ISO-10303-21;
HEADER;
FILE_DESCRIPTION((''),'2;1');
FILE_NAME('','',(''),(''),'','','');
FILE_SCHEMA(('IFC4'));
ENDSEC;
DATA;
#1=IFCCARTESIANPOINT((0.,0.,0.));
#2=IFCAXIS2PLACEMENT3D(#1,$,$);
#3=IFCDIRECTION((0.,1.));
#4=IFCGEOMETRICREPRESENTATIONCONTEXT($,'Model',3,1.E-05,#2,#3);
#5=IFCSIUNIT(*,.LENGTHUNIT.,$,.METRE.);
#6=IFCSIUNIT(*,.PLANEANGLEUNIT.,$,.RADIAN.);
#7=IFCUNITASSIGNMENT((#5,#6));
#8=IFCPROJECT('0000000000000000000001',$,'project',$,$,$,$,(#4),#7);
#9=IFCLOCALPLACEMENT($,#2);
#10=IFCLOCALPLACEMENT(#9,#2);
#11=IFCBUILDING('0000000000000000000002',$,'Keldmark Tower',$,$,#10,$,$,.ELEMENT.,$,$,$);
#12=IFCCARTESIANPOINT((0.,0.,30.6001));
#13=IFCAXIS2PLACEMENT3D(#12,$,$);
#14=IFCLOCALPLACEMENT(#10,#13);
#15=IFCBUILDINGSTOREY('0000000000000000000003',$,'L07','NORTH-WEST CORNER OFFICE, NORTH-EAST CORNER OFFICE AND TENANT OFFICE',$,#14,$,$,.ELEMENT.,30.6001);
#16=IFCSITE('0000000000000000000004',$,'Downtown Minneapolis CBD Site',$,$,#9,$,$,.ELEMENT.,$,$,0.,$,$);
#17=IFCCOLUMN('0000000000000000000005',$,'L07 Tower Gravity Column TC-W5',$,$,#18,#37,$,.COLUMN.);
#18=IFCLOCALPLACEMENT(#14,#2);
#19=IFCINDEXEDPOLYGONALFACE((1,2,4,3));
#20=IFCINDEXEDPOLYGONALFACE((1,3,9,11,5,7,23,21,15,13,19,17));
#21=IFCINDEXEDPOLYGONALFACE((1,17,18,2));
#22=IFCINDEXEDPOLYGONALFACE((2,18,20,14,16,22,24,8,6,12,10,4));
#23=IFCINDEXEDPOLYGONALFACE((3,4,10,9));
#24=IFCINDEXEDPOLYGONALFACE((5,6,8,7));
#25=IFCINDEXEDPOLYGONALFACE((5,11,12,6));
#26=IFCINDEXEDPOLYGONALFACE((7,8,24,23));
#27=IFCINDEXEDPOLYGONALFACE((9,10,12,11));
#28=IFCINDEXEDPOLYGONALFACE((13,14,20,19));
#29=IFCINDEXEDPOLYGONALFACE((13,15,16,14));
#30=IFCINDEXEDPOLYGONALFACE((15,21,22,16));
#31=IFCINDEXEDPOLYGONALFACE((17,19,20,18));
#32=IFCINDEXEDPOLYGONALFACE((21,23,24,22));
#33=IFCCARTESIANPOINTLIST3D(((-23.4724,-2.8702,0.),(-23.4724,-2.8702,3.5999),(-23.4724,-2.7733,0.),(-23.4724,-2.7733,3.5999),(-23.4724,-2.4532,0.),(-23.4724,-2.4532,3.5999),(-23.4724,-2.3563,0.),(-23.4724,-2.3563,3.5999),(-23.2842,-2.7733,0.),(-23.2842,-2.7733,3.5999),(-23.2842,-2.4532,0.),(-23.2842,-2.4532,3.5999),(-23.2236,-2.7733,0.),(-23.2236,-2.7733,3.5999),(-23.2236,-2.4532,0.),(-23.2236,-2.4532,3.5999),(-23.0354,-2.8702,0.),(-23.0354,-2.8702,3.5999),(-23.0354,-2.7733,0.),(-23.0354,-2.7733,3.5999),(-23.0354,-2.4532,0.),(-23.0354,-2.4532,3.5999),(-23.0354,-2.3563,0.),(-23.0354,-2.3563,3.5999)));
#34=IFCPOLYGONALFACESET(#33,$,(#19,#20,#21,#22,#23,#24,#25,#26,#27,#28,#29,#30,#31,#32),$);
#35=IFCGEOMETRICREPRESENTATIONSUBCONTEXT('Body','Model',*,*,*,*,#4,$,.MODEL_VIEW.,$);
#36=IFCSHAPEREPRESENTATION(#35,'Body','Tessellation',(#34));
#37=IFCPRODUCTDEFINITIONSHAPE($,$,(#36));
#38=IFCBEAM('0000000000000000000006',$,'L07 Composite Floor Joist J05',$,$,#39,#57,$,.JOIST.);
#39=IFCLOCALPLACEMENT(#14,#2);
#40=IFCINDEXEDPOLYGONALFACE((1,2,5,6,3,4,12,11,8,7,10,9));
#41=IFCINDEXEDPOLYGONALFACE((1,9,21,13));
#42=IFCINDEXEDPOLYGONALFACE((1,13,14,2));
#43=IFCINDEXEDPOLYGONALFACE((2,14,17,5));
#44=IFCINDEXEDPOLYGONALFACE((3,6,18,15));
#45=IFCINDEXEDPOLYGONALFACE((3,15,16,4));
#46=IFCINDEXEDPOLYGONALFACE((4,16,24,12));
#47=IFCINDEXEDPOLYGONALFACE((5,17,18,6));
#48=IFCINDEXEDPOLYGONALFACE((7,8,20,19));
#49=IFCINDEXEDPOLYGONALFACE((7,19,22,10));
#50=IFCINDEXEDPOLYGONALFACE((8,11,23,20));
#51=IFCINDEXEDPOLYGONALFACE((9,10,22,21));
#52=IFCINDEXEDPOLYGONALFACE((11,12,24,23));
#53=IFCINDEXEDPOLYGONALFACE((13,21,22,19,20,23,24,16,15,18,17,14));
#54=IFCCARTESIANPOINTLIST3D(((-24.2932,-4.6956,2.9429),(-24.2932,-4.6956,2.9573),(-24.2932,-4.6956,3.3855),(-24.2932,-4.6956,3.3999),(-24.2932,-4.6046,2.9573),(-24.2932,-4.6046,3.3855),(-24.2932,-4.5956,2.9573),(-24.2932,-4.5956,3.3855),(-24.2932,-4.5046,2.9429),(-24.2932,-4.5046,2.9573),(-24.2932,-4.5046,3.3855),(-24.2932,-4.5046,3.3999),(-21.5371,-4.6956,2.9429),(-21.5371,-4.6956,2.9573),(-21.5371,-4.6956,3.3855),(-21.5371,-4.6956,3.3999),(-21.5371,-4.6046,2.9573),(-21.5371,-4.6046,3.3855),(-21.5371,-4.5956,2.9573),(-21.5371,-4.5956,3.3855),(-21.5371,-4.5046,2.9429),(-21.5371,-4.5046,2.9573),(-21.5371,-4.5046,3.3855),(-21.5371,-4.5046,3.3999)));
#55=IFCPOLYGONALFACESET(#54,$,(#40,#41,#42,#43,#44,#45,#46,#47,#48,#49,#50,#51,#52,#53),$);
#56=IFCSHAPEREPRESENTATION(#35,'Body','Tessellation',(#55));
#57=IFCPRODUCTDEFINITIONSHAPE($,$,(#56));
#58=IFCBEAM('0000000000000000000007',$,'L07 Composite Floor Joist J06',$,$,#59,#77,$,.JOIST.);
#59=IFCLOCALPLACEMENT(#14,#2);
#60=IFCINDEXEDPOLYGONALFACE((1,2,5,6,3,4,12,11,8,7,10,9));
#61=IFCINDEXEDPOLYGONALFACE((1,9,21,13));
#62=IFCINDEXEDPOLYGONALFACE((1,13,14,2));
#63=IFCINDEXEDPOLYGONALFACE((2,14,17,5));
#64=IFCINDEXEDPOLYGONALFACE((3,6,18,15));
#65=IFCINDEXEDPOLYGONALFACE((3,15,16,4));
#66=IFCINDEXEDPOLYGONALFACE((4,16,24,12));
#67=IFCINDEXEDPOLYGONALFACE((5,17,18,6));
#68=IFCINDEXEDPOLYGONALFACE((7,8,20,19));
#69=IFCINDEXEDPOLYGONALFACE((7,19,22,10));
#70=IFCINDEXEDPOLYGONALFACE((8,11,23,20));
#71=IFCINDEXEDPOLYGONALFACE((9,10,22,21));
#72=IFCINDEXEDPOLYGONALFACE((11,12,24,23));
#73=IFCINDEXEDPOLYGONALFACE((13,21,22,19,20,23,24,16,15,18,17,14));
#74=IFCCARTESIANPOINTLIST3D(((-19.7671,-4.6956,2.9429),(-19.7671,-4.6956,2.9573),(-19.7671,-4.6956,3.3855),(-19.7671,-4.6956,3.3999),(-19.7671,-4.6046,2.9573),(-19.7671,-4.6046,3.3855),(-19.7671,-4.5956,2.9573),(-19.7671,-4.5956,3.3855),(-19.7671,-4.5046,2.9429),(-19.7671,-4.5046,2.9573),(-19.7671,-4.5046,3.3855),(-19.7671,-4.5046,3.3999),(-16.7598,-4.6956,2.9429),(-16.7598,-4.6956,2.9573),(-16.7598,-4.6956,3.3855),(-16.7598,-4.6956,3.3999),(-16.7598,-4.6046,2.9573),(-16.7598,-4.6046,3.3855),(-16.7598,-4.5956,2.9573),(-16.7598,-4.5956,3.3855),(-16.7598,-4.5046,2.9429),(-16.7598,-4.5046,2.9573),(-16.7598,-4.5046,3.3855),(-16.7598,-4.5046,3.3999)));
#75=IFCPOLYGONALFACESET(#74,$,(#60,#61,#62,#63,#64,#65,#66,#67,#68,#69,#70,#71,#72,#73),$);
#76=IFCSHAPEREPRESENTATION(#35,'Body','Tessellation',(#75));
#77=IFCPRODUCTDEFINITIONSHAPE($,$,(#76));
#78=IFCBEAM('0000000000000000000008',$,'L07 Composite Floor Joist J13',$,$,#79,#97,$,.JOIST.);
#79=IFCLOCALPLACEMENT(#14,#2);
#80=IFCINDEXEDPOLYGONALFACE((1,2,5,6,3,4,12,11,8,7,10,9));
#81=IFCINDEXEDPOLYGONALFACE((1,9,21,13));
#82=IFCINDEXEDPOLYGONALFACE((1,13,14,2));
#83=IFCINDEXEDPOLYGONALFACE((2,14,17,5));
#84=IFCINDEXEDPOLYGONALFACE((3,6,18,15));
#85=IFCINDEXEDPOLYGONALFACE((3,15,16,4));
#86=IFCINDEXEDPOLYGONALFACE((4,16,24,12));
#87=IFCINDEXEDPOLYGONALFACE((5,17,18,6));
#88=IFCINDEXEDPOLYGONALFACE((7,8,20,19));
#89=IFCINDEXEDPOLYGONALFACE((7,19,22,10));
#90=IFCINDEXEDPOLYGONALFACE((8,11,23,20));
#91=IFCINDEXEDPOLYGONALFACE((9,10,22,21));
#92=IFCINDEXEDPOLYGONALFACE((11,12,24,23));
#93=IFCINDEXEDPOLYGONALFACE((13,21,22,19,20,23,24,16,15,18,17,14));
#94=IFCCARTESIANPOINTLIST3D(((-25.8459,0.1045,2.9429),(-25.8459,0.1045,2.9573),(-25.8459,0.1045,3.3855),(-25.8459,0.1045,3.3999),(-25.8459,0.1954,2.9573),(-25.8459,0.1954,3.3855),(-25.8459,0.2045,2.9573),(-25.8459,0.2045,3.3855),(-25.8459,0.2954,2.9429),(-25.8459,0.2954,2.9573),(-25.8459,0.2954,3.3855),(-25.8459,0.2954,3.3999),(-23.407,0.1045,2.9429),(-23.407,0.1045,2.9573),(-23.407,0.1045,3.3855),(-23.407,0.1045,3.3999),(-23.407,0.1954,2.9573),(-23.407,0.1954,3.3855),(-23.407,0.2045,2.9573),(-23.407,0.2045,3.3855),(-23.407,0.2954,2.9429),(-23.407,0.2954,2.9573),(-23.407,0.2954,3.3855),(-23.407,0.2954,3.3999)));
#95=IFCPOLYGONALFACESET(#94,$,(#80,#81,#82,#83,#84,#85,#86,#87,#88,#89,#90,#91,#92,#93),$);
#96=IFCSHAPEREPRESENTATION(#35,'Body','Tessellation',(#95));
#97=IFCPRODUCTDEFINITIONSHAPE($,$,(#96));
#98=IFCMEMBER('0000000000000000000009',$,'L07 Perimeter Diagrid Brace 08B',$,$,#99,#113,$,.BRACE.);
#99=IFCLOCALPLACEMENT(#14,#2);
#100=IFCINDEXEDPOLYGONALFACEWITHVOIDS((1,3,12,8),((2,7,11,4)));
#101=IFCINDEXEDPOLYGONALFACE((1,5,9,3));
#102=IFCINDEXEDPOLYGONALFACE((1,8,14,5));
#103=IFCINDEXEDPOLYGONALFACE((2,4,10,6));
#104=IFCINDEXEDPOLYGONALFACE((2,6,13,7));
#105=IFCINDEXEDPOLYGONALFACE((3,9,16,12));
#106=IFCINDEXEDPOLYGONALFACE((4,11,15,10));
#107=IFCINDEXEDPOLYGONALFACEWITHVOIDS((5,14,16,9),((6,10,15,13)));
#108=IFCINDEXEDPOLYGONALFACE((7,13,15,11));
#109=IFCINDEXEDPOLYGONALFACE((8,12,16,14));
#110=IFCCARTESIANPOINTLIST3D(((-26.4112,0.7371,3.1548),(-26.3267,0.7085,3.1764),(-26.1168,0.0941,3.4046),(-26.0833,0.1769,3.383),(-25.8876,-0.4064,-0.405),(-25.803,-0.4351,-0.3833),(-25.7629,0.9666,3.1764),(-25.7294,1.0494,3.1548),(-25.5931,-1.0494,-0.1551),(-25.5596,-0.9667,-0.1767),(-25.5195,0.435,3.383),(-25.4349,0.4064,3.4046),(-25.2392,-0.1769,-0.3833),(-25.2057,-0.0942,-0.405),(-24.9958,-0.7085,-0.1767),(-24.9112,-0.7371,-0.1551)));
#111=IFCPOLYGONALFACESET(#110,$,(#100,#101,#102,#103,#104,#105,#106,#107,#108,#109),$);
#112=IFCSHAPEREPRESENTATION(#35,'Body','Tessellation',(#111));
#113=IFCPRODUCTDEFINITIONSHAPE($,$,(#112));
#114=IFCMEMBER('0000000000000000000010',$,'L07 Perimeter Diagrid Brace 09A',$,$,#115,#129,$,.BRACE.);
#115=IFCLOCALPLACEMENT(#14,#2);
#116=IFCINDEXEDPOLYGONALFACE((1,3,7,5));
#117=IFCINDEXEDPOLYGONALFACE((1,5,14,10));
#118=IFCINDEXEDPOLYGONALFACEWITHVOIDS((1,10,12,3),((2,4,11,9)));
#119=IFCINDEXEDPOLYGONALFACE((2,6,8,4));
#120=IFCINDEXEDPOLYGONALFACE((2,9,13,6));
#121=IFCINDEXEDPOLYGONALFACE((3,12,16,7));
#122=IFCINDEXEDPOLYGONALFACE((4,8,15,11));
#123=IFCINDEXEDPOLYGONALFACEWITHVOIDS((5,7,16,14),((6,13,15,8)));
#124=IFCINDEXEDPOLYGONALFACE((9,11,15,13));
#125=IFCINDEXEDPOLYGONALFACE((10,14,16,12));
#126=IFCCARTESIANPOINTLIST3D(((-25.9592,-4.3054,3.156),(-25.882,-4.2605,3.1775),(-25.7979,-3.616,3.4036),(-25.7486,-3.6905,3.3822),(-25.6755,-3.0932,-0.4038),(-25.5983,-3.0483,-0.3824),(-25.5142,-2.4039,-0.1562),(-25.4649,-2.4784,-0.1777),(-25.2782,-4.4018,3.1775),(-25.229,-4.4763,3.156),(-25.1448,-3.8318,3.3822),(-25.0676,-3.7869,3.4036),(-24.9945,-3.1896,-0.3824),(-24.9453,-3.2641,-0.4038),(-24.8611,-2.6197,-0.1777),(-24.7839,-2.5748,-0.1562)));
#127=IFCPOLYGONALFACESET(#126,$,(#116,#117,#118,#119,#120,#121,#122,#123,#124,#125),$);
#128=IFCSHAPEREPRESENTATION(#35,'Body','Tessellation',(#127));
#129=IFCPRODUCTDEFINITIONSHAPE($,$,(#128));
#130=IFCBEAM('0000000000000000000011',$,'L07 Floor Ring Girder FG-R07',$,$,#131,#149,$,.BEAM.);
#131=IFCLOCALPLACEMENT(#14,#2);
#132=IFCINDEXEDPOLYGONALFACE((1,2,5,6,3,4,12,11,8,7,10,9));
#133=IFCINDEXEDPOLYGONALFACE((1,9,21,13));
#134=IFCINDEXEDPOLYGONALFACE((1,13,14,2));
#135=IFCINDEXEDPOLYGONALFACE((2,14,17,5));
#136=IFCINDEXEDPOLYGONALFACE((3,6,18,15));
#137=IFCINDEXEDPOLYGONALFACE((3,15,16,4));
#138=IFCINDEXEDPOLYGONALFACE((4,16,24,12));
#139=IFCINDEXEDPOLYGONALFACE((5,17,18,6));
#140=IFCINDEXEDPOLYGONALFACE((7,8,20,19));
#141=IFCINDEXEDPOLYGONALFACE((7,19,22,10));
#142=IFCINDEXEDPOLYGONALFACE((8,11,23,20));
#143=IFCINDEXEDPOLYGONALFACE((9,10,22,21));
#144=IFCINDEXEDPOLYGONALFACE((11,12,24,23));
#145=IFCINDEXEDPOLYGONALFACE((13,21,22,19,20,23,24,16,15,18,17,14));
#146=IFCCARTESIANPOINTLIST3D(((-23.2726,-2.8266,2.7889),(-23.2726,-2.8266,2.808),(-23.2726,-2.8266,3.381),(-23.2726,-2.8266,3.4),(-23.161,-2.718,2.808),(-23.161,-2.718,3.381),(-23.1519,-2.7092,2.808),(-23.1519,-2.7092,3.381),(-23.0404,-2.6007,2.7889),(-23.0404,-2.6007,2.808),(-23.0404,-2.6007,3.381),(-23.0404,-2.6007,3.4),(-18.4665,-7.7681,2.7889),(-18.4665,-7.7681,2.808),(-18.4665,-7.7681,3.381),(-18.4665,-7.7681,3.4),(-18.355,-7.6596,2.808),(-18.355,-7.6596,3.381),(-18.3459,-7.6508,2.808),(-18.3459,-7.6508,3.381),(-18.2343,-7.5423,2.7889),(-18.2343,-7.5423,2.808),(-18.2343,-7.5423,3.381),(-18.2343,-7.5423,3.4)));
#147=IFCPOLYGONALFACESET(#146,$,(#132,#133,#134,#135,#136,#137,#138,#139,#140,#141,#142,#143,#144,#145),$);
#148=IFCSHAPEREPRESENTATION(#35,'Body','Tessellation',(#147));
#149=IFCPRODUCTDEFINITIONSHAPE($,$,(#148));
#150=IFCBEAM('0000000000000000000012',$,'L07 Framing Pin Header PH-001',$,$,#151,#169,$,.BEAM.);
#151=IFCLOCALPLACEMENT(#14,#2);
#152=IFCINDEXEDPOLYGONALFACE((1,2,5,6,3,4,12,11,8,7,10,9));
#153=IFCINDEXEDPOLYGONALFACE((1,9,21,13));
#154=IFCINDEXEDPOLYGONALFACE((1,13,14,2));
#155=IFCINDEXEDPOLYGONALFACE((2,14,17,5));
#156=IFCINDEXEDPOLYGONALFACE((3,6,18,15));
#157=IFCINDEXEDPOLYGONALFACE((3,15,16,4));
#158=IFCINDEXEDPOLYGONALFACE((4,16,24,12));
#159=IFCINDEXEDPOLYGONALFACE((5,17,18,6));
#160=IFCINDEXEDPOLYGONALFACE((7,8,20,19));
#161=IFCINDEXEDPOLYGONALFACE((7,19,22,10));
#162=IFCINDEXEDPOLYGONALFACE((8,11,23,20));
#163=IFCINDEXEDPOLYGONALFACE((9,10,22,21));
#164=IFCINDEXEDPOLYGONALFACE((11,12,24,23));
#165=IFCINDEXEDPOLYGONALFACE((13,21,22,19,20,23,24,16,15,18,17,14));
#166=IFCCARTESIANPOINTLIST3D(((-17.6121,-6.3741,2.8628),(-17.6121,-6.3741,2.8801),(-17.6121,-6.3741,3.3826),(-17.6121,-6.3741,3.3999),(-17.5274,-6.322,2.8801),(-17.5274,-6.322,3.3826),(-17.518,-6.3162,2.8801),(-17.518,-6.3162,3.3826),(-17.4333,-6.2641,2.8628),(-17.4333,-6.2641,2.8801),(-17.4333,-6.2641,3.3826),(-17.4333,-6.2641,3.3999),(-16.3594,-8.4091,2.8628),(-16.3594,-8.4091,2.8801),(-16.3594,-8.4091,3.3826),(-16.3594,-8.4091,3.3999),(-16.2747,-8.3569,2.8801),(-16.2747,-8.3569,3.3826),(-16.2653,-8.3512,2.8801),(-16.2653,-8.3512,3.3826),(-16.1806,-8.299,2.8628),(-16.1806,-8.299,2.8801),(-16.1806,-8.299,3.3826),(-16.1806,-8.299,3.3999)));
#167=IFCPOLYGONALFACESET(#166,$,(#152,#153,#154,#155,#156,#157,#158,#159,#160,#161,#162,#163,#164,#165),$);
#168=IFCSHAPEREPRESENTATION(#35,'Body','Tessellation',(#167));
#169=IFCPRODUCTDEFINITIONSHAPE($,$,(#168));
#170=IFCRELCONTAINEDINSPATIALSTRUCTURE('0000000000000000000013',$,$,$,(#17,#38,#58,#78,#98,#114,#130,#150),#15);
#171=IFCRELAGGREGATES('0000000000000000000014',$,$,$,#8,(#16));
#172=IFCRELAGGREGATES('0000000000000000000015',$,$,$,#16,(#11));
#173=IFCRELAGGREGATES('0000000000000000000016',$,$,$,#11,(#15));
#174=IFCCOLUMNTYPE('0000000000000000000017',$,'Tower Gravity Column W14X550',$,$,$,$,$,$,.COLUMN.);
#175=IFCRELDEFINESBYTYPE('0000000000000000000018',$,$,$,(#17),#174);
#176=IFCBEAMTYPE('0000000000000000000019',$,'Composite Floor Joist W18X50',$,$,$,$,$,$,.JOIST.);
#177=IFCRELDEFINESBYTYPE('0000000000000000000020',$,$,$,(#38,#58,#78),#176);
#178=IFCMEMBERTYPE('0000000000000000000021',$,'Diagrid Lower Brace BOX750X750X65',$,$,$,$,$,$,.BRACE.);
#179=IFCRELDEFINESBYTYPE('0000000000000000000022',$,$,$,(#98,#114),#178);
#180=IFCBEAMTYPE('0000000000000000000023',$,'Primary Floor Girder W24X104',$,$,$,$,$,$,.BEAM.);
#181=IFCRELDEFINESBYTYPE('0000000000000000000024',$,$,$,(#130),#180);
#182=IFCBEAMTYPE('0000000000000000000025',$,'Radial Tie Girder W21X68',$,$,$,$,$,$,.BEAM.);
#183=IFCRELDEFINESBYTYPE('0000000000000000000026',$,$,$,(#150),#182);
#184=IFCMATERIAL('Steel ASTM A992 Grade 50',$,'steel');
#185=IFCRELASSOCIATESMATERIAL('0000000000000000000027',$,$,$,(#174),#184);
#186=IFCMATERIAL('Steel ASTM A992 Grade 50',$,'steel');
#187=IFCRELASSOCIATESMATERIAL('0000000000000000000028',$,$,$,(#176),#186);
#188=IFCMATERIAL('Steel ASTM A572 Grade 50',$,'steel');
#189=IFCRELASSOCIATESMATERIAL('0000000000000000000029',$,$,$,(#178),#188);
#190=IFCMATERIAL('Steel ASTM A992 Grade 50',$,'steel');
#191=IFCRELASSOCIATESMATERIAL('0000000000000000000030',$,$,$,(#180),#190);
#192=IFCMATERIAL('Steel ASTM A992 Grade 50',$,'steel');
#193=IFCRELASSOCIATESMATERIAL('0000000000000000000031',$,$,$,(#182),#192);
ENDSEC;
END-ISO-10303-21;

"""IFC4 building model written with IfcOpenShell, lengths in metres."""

from ifc_helpers import new_model, si_unit, direction, frame, origin, origin_2d, place, context, subcontext, project, spatial, hollow_rectangle, i_section, extrude, material, material_profile, profile_set, type_object, element, save


model = new_model("IFC4")

# Units and contexts
model_context = context("Model", 3, precision=1e-05, world=origin(), true_north=direction((0.0, 1.0)))
body_context = subcontext(model_context, "Body", "Model", "MODEL_VIEW")
ifc_project = project(units=[si_unit("LENGTHUNIT", "METRE"), si_unit("PLANEANGLEUNIT", "RADIAN")], contexts=[model_context])

# Site, building, storey
site_placement = place(None, origin())
site = spatial("IfcSite", under=ifc_project, at=site_placement, Name="Downtown Minneapolis CBD Site", CompositionType="ELEMENT", RefElevation=0.0)
building_placement = place(site_placement, origin())
building = spatial("IfcBuilding", under=site, at=building_placement, Name="Keldmark Tower", CompositionType="ELEMENT")
storey_placement = place(building_placement, frame((0.0, 0.0, 30.6001)))
storey = spatial("IfcBuildingStorey", under=building, at=storey_placement, Name="L07", Description="NORTH-WEST CORNER OFFICE, NORTH-EAST CORNER OFFICE AND TENANT OFFICE", CompositionType="ELEMENT", Elevation=30.6001)

# Column
ifc_material_1 = material(Name="Steel ASTM A992 Grade 50", Category="steel")
ifc_material_profile_1 = material_profile(ifc_material_1, i_section(OverallWidth=0.437, OverallDepth=0.5139, WebThickness=0.0605, FlangeThickness=0.0969, at=origin_2d()), Name="W14X550")
ifc_profile_set_1 = profile_set([ifc_material_profile_1], Name="Steel ASTM A992 Grade 50")
column_type = type_object("IfcColumnType", Name="Tower Gravity Column W14X550", PredefinedType="COLUMN", material=ifc_profile_set_1)
column_placement = place(storey_placement, frame((-23.2539, -2.6133, 0.0), z_axis=(0.0, 0.0, 1.0), x_axis=(1.0, 0.0, 0.0)))
element("IfcColumn", 1, at=column_placement, inside=storey, type_object=column_type, Name="L07 Tower Gravity Column TC-W5", PredefinedType="COLUMN", context=body_context, shape_type="SweptSolid", body=[
    extrude(i_section(OverallWidth=0.437, OverallDepth=0.5139, WebThickness=0.0605, FlangeThickness=0.0969, at=origin_2d()), origin(), (0.0, 0.0, 1.0), 3.5999),
])

# Beams
ifc_material_2 = material(Name="Steel ASTM A992 Grade 50", Category="steel")
ifc_material_profile_2 = material_profile(ifc_material_2, i_section(OverallWidth=0.1909, OverallDepth=0.457, WebThickness=0.009, FlangeThickness=0.0144, at=origin_2d()), Name="W18X50")
ifc_profile_set_2 = profile_set([ifc_material_profile_2], Name="Steel ASTM A992 Grade 50")
beam_type_1 = type_object("IfcBeamType", Name="Composite Floor Joist W18X50", PredefinedType="JOIST", material=ifc_profile_set_2)
beam_1_placement = place(storey_placement, frame((-24.2932, -4.6001, 3.1714), z_axis=(1.0, 0.0, 0.0), x_axis=(0.0, 1.0, 0.0)))
element("IfcBeam", 2, at=beam_1_placement, inside=storey, type_object=beam_type_1, Name="L07 Composite Floor Joist J05", PredefinedType="JOIST", context=body_context, shape_type="SweptSolid", body=[
    extrude(i_section(OverallWidth=0.1909, OverallDepth=0.457, WebThickness=0.009, FlangeThickness=0.0144, at=origin_2d()), origin(), (0.0, 0.0, 1.0), 2.7561),
])
beam_2_placement = place(storey_placement, frame((-19.7671, -4.6001, 3.1714), z_axis=(1.0, 0.0, 0.0), x_axis=(0.0, 1.0, 0.0)))
element("IfcBeam", 3, at=beam_2_placement, inside=storey, type_object=beam_type_1, Name="L07 Composite Floor Joist J06", PredefinedType="JOIST", context=body_context, shape_type="SweptSolid", body=[
    extrude(i_section(OverallWidth=0.1909, OverallDepth=0.457, WebThickness=0.009, FlangeThickness=0.0144, at=origin_2d()), origin(), (0.0, 0.0, 1.0), 3.0073),
])
beam_3_placement = place(storey_placement, frame((-25.8459, 0.2, 3.1714), z_axis=(1.0, 0.0, 0.0), x_axis=(0.0, 1.0, 0.0)))
element("IfcBeam", 4, at=beam_3_placement, inside=storey, type_object=beam_type_1, Name="L07 Composite Floor Joist J13", PredefinedType="JOIST", context=body_context, shape_type="SweptSolid", body=[
    extrude(i_section(OverallWidth=0.1909, OverallDepth=0.457, WebThickness=0.009, FlangeThickness=0.0144, at=origin_2d()), origin(), (0.0, 0.0, 1.0), 2.439),
])

# Members
ifc_material_3 = material(Name="Steel ASTM A572 Grade 50", Category="steel")
ifc_material_profile_3 = material_profile(ifc_material_3, hollow_rectangle(XDim=0.75, YDim=0.75, WallThickness=0.0649, at=origin_2d()), Name="BOX750X750X65")
ifc_profile_set_3 = profile_set([ifc_material_profile_3], Name="Steel ASTM A572 Grade 50")
member_type = type_object("IfcMemberType", Name="Diagrid Lower Brace BOX750X750X65", PredefinedType="BRACE", material=ifc_profile_set_3)
member_1_placement = place(storey_placement, frame((-25.3994, -0.5718, -0.28), z_axis=(-0.138706, 0.30289, 0.942878), x_axis=(-0.9092, -0.416361, 0.0)))
element("IfcMember", 5, at=member_1_placement, inside=storey, type_object=member_type, Name="L07 Perimeter Diagrid Brace 08B", PredefinedType="BRACE", context=body_context, shape_type="SweptSolid", body=[
    extrude(hollow_rectangle(XDim=0.75, YDim=0.75, WallThickness=0.0649, at=origin_2d()), origin(), (0.0, 0.0, 1.0), 3.7754),
])
member_2_placement = place(storey_placement, frame((-25.2297, -2.834, -0.28), z_axis=(-0.075225, -0.321424, 0.943943), x_axis=(0.973689, -0.227881, 0.0)))
element("IfcMember", 6, at=member_2_placement, inside=storey, type_object=member_type, Name="L07 Perimeter Diagrid Brace 09A", PredefinedType="BRACE", context=body_context, shape_type="SweptSolid", body=[
    extrude(hollow_rectangle(XDim=0.75, YDim=0.75, WallThickness=0.0649, at=origin_2d()), origin(), (0.0, 0.0, 1.0), 3.7712),
])

# Beams
ifc_material_4 = material(Name="Steel ASTM A992 Grade 50", Category="steel")
ifc_material_profile_4 = material_profile(ifc_material_4, i_section(OverallWidth=0.324, OverallDepth=0.6111, WebThickness=0.0127, FlangeThickness=0.019, at=origin_2d()), Name="W24X104")
ifc_profile_set_4 = profile_set([ifc_material_profile_4], Name="Steel ASTM A992 Grade 50")
beam_type_2 = type_object("IfcBeamType", Name="Primary Floor Girder W24X104", PredefinedType="BEAM", material=ifc_profile_set_4)
beam_4_placement = place(storey_placement, frame((-23.1565, -2.7136, 3.0945), z_axis=(0.69721, -0.716867, 0.0), x_axis=(0.716867, 0.69721, 0.0)))
element("IfcBeam", 7, at=beam_4_placement, inside=storey, type_object=beam_type_2, Name="L07 Floor Ring Girder FG-R07", PredefinedType="BEAM", context=body_context, shape_type="SweptSolid", body=[
    extrude(i_section(OverallWidth=0.324, OverallDepth=0.6111, WebThickness=0.0127, FlangeThickness=0.019, at=origin_2d()), origin(), (0.0, 0.0, 1.0), 6.8933),
])
ifc_material_5 = material(Name="Steel ASTM A992 Grade 50", Category="steel")
ifc_material_profile_5 = material_profile(ifc_material_5, i_section(OverallWidth=0.21, OverallDepth=0.5371, WebThickness=0.011, FlangeThickness=0.0173, at=origin_2d()), Name="W21X68")
ifc_profile_set_5 = profile_set([ifc_material_profile_5], Name="Steel ASTM A992 Grade 50")
beam_type_3 = type_object("IfcBeamType", Name="Radial Tie Girder W21X68", PredefinedType="BEAM", material=ifc_profile_set_5)
beam_5_placement = place(storey_placement, frame((-17.5227, -6.3191, 3.1313), z_axis=(0.524229, -0.851578, 0.0), x_axis=(0.851578, 0.524229, 0.0)))
element("IfcBeam", 8, at=beam_5_placement, inside=storey, type_object=beam_type_3, Name="L07 Framing Pin Header PH-001", PredefinedType="BEAM", context=body_context, shape_type="SweptSolid", body=[
    extrude(i_section(OverallWidth=0.21, OverallDepth=0.5371, WebThickness=0.011, FlangeThickness=0.0173, at=origin_2d()), origin(), (0.0, 0.0, 1.0), 2.3896),
])

save(model, "model.ifc")
